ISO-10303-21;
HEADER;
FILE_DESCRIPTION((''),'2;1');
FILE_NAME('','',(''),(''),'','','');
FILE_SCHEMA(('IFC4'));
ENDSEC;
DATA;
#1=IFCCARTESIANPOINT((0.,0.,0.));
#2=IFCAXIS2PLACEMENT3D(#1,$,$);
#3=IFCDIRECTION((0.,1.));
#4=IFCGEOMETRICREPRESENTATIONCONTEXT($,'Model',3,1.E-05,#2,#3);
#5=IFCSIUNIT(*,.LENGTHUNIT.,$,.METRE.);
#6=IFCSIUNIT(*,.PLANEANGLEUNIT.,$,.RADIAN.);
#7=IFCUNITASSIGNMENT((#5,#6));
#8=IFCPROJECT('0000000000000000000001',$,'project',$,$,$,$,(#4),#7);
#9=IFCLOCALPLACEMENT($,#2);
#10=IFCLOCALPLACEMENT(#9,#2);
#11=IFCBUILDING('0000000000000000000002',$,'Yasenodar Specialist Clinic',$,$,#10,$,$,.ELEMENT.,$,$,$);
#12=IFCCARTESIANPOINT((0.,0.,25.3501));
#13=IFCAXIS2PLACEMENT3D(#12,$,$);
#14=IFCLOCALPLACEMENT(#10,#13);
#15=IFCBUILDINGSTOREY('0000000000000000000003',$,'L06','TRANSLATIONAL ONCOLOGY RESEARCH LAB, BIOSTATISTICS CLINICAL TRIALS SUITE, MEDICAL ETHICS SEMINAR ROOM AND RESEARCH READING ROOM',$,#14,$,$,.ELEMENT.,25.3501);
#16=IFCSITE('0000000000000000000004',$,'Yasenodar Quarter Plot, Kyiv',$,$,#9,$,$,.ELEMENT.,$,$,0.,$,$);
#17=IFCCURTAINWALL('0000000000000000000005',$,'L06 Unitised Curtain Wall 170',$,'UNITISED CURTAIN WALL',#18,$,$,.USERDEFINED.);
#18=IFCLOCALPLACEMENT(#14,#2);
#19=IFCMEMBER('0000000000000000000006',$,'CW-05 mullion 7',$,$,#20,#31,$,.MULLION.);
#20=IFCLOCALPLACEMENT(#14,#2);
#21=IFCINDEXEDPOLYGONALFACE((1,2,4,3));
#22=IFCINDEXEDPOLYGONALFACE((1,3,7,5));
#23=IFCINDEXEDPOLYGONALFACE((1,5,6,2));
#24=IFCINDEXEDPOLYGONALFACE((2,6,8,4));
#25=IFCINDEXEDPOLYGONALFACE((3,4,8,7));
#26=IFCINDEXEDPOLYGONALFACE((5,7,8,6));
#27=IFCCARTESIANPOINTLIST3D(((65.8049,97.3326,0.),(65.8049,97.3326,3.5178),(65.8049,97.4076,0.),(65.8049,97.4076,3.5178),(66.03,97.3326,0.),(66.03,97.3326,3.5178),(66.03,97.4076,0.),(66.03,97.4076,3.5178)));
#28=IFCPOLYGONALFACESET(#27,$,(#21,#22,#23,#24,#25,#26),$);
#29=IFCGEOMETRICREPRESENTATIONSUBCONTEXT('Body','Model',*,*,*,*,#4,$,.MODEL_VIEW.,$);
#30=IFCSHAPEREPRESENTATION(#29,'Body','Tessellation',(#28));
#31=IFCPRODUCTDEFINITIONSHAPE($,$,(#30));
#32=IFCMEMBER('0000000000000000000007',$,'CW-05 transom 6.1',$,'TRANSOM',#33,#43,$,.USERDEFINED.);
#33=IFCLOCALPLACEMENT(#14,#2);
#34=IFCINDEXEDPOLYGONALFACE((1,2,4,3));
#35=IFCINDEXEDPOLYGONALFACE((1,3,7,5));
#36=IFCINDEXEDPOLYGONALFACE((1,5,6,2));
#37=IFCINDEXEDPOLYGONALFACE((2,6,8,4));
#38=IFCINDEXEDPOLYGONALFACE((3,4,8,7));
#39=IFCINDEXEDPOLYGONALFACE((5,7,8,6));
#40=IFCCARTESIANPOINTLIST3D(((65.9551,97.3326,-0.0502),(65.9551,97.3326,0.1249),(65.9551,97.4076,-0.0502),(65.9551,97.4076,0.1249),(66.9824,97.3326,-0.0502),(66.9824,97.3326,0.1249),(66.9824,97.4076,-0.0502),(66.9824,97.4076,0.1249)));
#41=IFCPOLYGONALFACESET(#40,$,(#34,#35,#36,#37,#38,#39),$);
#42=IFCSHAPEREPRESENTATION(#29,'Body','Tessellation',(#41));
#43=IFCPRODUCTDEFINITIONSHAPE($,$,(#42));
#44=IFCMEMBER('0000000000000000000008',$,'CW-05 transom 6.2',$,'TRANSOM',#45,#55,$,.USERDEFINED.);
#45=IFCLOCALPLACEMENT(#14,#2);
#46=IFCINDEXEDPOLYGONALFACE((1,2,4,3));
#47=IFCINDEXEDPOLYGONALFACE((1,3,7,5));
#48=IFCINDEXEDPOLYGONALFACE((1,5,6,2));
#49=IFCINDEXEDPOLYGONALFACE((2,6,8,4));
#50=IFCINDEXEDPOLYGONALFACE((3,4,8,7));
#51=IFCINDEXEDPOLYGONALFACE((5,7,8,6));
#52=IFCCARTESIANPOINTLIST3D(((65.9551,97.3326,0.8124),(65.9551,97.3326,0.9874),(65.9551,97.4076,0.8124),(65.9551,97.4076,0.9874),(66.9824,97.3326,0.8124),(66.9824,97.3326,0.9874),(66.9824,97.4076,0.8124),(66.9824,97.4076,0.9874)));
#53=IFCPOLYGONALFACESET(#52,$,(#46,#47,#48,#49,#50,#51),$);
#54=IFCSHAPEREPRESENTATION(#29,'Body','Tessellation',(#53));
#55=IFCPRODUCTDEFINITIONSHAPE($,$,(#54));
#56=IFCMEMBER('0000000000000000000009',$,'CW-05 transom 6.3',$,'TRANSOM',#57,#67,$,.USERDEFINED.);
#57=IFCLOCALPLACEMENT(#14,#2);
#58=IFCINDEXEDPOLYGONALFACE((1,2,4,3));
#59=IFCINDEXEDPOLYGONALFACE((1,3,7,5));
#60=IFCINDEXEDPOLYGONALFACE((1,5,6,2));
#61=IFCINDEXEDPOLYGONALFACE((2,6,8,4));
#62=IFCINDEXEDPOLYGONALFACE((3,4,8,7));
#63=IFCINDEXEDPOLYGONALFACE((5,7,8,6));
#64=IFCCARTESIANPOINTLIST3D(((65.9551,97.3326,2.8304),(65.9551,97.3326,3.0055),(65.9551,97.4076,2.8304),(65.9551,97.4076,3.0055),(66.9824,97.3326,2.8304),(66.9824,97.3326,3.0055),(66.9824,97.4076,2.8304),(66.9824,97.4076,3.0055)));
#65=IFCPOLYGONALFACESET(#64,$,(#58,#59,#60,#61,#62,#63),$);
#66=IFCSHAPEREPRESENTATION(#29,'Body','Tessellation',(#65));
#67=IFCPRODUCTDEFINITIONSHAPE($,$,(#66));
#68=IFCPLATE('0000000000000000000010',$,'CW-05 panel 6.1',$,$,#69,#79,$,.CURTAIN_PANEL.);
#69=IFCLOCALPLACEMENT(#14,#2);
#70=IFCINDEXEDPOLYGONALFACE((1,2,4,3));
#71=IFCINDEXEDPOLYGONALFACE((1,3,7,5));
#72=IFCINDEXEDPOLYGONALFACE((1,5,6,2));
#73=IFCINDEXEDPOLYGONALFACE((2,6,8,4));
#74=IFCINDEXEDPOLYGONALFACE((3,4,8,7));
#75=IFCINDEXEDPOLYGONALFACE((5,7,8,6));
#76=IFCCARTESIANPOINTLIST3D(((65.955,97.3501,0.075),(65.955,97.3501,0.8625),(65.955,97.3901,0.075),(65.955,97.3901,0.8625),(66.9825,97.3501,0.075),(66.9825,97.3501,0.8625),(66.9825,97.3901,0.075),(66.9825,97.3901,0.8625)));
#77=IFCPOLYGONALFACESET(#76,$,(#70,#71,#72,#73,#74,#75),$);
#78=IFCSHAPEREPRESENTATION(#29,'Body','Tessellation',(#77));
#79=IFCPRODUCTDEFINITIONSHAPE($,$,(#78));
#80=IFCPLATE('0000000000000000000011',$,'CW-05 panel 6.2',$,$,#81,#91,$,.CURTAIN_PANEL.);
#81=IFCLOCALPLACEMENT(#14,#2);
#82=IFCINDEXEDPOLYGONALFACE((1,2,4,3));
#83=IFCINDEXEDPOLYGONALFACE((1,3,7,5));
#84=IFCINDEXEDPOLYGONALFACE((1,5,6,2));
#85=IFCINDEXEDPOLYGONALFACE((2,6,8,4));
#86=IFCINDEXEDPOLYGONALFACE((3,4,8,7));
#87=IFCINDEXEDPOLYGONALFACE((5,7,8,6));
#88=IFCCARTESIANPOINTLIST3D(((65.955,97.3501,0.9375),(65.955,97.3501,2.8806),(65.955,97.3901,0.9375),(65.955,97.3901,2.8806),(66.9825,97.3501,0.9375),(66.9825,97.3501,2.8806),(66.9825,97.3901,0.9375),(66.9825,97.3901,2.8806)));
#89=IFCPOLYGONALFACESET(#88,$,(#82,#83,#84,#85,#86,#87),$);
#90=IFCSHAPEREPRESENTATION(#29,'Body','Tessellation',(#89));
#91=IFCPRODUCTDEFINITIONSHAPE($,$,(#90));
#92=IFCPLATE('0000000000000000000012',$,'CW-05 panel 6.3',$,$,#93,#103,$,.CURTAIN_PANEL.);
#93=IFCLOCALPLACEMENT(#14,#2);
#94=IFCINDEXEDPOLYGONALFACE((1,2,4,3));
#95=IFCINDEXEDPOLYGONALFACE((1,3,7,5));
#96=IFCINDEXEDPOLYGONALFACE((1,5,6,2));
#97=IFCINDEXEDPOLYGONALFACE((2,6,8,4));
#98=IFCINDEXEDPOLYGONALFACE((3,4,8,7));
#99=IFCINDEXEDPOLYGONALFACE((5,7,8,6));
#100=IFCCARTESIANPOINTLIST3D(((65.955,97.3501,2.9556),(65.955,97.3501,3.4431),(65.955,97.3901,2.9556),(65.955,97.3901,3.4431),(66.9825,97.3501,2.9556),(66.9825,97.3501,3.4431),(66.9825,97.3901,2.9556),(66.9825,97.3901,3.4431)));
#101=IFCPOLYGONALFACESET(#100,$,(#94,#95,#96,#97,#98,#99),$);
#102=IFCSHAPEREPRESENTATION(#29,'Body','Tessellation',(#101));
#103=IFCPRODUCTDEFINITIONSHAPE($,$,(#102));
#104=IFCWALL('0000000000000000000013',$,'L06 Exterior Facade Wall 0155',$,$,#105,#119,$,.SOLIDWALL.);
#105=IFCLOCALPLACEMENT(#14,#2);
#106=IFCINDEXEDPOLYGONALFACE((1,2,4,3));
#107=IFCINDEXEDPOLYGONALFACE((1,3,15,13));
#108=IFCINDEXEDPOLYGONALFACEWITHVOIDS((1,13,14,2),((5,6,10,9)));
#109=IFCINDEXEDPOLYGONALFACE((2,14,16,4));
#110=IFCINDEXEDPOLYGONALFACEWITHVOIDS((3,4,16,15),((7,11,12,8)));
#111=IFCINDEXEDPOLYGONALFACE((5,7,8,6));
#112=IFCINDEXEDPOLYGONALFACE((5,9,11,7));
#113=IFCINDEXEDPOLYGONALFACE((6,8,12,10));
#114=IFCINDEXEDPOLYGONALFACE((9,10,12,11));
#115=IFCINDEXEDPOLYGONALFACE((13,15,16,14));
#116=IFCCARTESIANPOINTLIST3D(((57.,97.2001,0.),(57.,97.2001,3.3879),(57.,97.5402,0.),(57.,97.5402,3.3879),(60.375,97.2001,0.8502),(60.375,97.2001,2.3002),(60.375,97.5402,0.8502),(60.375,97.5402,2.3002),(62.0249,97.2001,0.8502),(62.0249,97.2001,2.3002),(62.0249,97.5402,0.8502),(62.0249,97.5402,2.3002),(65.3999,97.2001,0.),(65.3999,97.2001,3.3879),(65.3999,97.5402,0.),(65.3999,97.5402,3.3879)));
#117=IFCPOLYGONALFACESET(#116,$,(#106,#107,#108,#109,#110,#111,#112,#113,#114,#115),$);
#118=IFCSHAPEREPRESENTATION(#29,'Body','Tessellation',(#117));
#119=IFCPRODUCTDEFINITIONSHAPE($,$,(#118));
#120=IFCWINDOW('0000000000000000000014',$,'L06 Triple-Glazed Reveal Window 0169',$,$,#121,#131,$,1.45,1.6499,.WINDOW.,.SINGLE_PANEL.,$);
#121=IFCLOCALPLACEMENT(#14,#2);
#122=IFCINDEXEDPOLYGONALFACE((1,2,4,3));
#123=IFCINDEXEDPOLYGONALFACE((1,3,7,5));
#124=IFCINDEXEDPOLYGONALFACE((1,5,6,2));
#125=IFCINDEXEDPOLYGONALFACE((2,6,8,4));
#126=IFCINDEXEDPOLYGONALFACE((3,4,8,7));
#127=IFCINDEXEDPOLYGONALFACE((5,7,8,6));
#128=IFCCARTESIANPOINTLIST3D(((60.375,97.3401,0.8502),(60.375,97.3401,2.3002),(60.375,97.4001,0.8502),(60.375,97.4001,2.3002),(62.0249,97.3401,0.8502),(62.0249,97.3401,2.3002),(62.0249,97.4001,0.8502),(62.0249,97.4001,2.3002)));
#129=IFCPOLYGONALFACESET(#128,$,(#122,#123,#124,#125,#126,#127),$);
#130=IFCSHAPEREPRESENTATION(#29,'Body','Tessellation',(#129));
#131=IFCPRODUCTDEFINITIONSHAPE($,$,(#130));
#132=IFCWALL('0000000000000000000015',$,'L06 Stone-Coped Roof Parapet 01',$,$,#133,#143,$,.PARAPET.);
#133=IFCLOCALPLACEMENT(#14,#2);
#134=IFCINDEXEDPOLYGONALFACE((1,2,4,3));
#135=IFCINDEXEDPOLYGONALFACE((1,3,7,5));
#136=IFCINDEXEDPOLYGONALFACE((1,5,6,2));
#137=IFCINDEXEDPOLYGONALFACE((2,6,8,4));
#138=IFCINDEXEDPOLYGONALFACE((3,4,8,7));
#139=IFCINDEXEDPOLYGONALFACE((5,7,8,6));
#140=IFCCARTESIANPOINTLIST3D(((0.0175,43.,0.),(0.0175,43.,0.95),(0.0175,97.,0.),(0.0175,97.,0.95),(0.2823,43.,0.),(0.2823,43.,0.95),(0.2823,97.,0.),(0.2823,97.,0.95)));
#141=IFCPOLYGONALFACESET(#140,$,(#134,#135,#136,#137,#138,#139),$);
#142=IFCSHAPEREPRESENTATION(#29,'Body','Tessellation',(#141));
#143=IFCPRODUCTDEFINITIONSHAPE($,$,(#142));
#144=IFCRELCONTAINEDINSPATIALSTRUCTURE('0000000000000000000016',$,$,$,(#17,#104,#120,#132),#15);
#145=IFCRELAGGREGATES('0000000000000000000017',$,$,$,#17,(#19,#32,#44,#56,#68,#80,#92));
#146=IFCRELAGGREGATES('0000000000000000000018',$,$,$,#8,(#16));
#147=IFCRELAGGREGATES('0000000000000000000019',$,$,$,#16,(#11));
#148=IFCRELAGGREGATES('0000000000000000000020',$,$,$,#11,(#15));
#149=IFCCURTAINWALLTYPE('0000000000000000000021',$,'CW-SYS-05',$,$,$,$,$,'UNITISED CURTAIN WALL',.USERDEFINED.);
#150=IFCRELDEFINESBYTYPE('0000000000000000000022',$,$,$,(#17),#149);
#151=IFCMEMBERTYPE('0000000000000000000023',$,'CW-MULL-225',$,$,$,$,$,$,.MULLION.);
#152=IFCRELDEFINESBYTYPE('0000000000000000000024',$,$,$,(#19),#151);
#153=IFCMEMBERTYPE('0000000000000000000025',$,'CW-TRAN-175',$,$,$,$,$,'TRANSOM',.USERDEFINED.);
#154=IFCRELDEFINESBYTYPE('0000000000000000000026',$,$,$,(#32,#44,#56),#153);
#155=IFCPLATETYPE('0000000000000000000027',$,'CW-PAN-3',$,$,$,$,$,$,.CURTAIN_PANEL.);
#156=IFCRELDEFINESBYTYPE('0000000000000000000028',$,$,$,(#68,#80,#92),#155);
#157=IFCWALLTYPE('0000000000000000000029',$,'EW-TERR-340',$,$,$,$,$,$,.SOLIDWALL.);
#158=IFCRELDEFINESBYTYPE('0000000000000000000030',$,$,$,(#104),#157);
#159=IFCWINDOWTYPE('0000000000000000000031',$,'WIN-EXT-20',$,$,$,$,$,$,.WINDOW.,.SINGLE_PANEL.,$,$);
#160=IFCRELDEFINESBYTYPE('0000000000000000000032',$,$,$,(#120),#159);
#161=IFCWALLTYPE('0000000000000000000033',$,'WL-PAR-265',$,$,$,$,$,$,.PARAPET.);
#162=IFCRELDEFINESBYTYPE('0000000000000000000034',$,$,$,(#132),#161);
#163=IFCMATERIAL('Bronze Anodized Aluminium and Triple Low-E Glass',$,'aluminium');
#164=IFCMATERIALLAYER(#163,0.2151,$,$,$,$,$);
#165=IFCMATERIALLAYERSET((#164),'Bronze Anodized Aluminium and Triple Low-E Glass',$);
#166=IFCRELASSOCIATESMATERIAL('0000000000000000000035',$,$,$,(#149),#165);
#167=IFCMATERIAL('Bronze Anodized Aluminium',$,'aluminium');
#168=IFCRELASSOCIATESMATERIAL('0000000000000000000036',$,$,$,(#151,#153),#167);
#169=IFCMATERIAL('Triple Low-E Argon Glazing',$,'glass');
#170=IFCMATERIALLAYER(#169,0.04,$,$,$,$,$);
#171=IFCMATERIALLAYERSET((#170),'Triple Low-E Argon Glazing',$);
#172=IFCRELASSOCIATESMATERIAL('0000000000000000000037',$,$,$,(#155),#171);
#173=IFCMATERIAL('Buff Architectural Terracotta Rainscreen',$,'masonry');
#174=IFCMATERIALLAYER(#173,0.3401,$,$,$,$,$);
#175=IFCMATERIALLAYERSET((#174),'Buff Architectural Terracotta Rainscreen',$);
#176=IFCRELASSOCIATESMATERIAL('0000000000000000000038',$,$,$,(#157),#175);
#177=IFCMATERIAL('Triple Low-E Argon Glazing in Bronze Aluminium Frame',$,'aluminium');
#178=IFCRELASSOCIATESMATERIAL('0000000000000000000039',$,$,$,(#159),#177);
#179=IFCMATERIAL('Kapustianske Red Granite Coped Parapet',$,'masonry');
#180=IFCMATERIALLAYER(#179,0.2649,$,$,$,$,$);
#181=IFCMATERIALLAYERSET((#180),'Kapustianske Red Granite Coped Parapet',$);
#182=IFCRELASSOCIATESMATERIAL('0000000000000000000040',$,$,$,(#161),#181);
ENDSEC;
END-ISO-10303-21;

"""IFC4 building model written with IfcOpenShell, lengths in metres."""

from ifc_helpers import new_model, si_unit, direction, frame, frame_2d, origin, origin_2d, place, context, subcontext, project, spatial, rectangle, extrude, material, layer, layer_set, material_profile, profile_set, type_object, element, fill, aggregate, save


model = new_model("IFC4")

# Units and contexts
model_context = context("Model", 3, precision=1e-05, world=origin(), true_north=direction((0.0, 1.0)))
body_context = subcontext(model_context, "Body", "Model", "MODEL_VIEW")
ifc_project = project(units=[si_unit("LENGTHUNIT", "METRE"), si_unit("PLANEANGLEUNIT", "RADIAN")], contexts=[model_context])

# Site, building, storey
site_placement = place(None, origin())
site = spatial("IfcSite", under=ifc_project, at=site_placement, Name="Yasenodar Quarter Plot, Kyiv", CompositionType="ELEMENT", RefElevation=0.0)
building_placement = place(site_placement, origin())
building = spatial("IfcBuilding", under=site, at=building_placement, Name="Yasenodar Specialist Clinic", CompositionType="ELEMENT")
storey_placement = place(building_placement, frame((0.0, 0.0, 25.3501)))
storey = spatial("IfcBuildingStorey", under=building, at=storey_placement, Name="L06", Description="TRANSLATIONAL ONCOLOGY RESEARCH LAB, BIOSTATISTICS CLINICAL TRIALS SUITE, MEDICAL ETHICS SEMINAR ROOM AND RESEARCH READING ROOM", CompositionType="ELEMENT", Elevation=25.3501)

# Curtain wall, members, plates
ifc_material_1 = material(Name="Bronze Anodized Aluminium and Triple Low-E Glass", Category="aluminium")
ifc_layer_1 = layer(ifc_material_1, 0.2151)
ifc_layer_set_1 = layer_set([ifc_layer_1], Name="Bronze Anodized Aluminium and Triple Low-E Glass")
curtain_wall_type = type_object("IfcCurtainWallType", Name="CW-SYS-05", ElementType="UNITISED CURTAIN WALL", PredefinedType="USERDEFINED", material=ifc_layer_set_1)
curtain_wall_placement = place(storey_placement, origin())
curtain_wall = element("IfcCurtainWall", 1, at=curtain_wall_placement, inside=storey, type_object=curtain_wall_type, Name="L06 Unitised Curtain Wall 170", ObjectType="UNITISED CURTAIN WALL", PredefinedType="USERDEFINED")
ifc_material_2 = material(Name="Bronze Anodized Aluminium", Category="aluminium")
ifc_material_profile_1 = material_profile(ifc_material_2, rectangle(XDim=0.075, YDim=0.2251, at=origin_2d()), Name="CW-MULL 75x225")
ifc_profile_set_1 = profile_set([ifc_material_profile_1], Name="Bronze Anodized Aluminium")
member_type_1 = type_object("IfcMemberType", Name="CW-MULL-225", PredefinedType="MULLION", material=ifc_profile_set_1)
member_1_placement = place(storey_placement, frame((65.9175, 97.3701, 0.0), z_axis=(0.0, 0.0, 1.0), x_axis=(0.0, -1.0, 0.0)))
member_1 = element("IfcMember", 2, at=member_1_placement, type_object=member_type_1, Name="CW-05 mullion 7", PredefinedType="MULLION", context=body_context, shape_type="SweptSolid", body=[
    extrude(rectangle(XDim=0.075, YDim=0.2251, at=origin_2d()), origin(), (0.0, 0.0, 1.0), 3.5178),
])
ifc_material_profile_2 = material_profile(ifc_material_2, rectangle(XDim=0.075, YDim=0.175, at=origin_2d()), Name="CW-TRAN 75x175")
ifc_profile_set_2 = profile_set([ifc_material_profile_2], Name="Bronze Anodized Aluminium")
member_type_2 = type_object("IfcMemberType", Name="CW-TRAN-175", ElementType="TRANSOM", PredefinedType="USERDEFINED", material=ifc_profile_set_2)
member_2_placement = place(storey_placement, frame((66.9824, 97.3701, 0.0374), z_axis=(-1.0, 0.0, 0.0), x_axis=(0.0, -1.0, 0.0)))
member_2 = element("IfcMember", 3, at=member_2_placement, type_object=member_type_2, Name="CW-05 transom 6.1", ObjectType="TRANSOM", PredefinedType="USERDEFINED", context=body_context, shape_type="SweptSolid", body=[
    extrude(rectangle(XDim=0.075, YDim=0.175, at=origin_2d()), origin(), (0.0, 0.0, 1.0), 1.0273),
])
member_3_placement = place(storey_placement, frame((66.9824, 97.3701, 0.8999), z_axis=(-1.0, 0.0, 0.0), x_axis=(0.0, -1.0, 0.0)))
member_3 = element("IfcMember", 4, at=member_3_placement, type_object=member_type_2, Name="CW-05 transom 6.2", ObjectType="TRANSOM", PredefinedType="USERDEFINED", context=body_context, shape_type="SweptSolid", body=[
    extrude(rectangle(XDim=0.075, YDim=0.175, at=origin_2d()), origin(), (0.0, 0.0, 1.0), 1.0273),
])
member_4_placement = place(storey_placement, frame((66.9824, 97.3701, 2.918), z_axis=(-1.0, 0.0, 0.0), x_axis=(0.0, -1.0, 0.0)))
member_4 = element("IfcMember", 5, at=member_4_placement, type_object=member_type_2, Name="CW-05 transom 6.3", ObjectType="TRANSOM", PredefinedType="USERDEFINED", context=body_context, shape_type="SweptSolid", body=[
    extrude(rectangle(XDim=0.075, YDim=0.175, at=origin_2d()), origin(), (0.0, 0.0, 1.0), 1.0273),
])
ifc_material_3 = material(Name="Triple Low-E Argon Glazing", Category="glass")
ifc_layer_2 = layer(ifc_material_3, 0.04)
ifc_layer_set_2 = layer_set([ifc_layer_2], Name="Triple Low-E Argon Glazing")
plate_type = type_object("IfcPlateType", Name="CW-PAN-3", PredefinedType="CURTAIN_PANEL", material=ifc_layer_set_2)
plate_1_placement = place(storey_placement, frame((66.4688, 97.3701, 0.075), z_axis=(0.0, 0.0, 1.0), x_axis=(-1.0, 0.0, 0.0)))
plate_1 = element("IfcPlate", 6, at=plate_1_placement, type_object=plate_type, Name="CW-05 panel 6.1", PredefinedType="CURTAIN_PANEL", context=body_context, shape_type="SweptSolid", body=[
    extrude(rectangle(XDim=1.0276, YDim=0.04, at=origin_2d()), origin(), (0.0, 0.0, 1.0), 0.7876),
])
plate_2_placement = place(storey_placement, frame((66.4688, 97.3701, 0.9375), z_axis=(0.0, 0.0, 1.0), x_axis=(-1.0, 0.0, 0.0)))
plate_2 = element("IfcPlate", 7, at=plate_2_placement, type_object=plate_type, Name="CW-05 panel 6.2", PredefinedType="CURTAIN_PANEL", context=body_context, shape_type="SweptSolid", body=[
    extrude(rectangle(XDim=1.0276, YDim=0.04, at=origin_2d()), origin(), (0.0, 0.0, 1.0), 1.9431),
])
plate_3_placement = place(storey_placement, frame((66.4688, 97.3701, 2.9556), z_axis=(0.0, 0.0, 1.0), x_axis=(-1.0, 0.0, 0.0)))
plate_3 = element("IfcPlate", 8, at=plate_3_placement, type_object=plate_type, Name="CW-05 panel 6.3", PredefinedType="CURTAIN_PANEL", context=body_context, shape_type="SweptSolid", body=[
    extrude(rectangle(XDim=1.0276, YDim=0.04, at=origin_2d()), origin(), (0.0, 0.0, 1.0), 0.4875),
])
aggregate(curtain_wall, [member_1, member_2, member_3, member_4, plate_1, plate_2, plate_3])

# Wall, opening, window
ifc_material_4 = material(Name="Buff Architectural Terracotta Rainscreen", Category="masonry")
ifc_layer_3 = layer(ifc_material_4, 0.3401)
ifc_layer_set_3 = layer_set([ifc_layer_3], Name="Buff Architectural Terracotta Rainscreen")
wall_type_1 = type_object("IfcWallType", Name="EW-TERR-340", PredefinedType="SOLIDWALL", material=ifc_layer_set_3)
wall_1_placement = place(storey_placement, frame((65.3999, 97.3701, 0.0), z_axis=(0.0, 0.0, 1.0), x_axis=(-1.0, 0.0, 0.0)))
wall_1 = element("IfcWall", 9, at=wall_1_placement, inside=storey, type_object=wall_type_1, Name="L06 Exterior Facade Wall 0155", PredefinedType="SOLIDWALL", context=body_context, shape_type="SweptSolid", body=[
    extrude(rectangle(XDim=8.3999, YDim=0.3401, at=frame_2d((4.2, 0.0))), origin(), (0.0, 0.0, 1.0), 3.3879),
])
opening_placement = place(wall_1_placement, frame((3.375, 0.0, 0.8501)))
opening = element("IfcOpeningElement", 10, at=opening_placement, cuts=wall_1, PredefinedType="OPENING", context=body_context, shape_type="SweptSolid", body=[
    extrude(rectangle(XDim=1.6499, YDim=1.45, at=frame_2d((0.825, 0.7251))), frame((0.0, 0.1802, 0.0), z_axis=(0.0, -1.0, 0.0), x_axis=(1.0, 0.0, 0.0)), (0.0, 0.0, 1.0), 0.3601),
])
ifc_material_5 = material(Name="Triple Low-E Argon Glazing in Bronze Aluminium Frame", Category="aluminium")
window_type = type_object("IfcWindowType", Name="WIN-EXT-20", PartitioningType="SINGLE_PANEL", PredefinedType="WINDOW", material=ifc_material_5)
window_placement = place(opening_placement, origin())
window = element("IfcWindow", 11, at=window_placement, inside=storey, type_object=window_type, Name="L06 Triple-Glazed Reveal Window 0169", OverallHeight=1.45, OverallWidth=1.6499, PartitioningType="SINGLE_PANEL", PredefinedType="WINDOW", context=body_context, shape_type="SweptSolid", body=[
    extrude(rectangle(XDim=1.6499, YDim=1.45, at=frame_2d((0.825, 0.7251))), frame((0.0, 0.03, 0.0), z_axis=(0.0, -1.0, 0.0), x_axis=(1.0, 0.0, 0.0)), (0.0, 0.0, 1.0), 0.0601),
])
fill(opening, window)

# Wall
ifc_material_6 = material(Name="Kapustianske Red Granite Coped Parapet", Category="masonry")
ifc_layer_4 = layer(ifc_material_6, 0.2649)
ifc_layer_set_4 = layer_set([ifc_layer_4], Name="Kapustianske Red Granite Coped Parapet")
wall_type_2 = type_object("IfcWallType", Name="WL-PAR-265", PredefinedType="PARAPET", material=ifc_layer_set_4)
wall_2_placement = place(storey_placement, frame((0.1499, 43.0, 0.0), z_axis=(0.0, 0.0, 1.0), x_axis=(0.0, 1.0, 0.0)))
element("IfcWall", 12, at=wall_2_placement, inside=storey, type_object=wall_type_2, Name="L06 Stone-Coped Roof Parapet 01", PredefinedType="PARAPET", context=body_context, shape_type="SweptSolid", body=[
    extrude(rectangle(XDim=54.0, YDim=0.2649, at=frame_2d((27.0, 0.0))), origin(), (0.0, 0.0, 1.0), 0.95),
])

save(model, "model.ifc")
